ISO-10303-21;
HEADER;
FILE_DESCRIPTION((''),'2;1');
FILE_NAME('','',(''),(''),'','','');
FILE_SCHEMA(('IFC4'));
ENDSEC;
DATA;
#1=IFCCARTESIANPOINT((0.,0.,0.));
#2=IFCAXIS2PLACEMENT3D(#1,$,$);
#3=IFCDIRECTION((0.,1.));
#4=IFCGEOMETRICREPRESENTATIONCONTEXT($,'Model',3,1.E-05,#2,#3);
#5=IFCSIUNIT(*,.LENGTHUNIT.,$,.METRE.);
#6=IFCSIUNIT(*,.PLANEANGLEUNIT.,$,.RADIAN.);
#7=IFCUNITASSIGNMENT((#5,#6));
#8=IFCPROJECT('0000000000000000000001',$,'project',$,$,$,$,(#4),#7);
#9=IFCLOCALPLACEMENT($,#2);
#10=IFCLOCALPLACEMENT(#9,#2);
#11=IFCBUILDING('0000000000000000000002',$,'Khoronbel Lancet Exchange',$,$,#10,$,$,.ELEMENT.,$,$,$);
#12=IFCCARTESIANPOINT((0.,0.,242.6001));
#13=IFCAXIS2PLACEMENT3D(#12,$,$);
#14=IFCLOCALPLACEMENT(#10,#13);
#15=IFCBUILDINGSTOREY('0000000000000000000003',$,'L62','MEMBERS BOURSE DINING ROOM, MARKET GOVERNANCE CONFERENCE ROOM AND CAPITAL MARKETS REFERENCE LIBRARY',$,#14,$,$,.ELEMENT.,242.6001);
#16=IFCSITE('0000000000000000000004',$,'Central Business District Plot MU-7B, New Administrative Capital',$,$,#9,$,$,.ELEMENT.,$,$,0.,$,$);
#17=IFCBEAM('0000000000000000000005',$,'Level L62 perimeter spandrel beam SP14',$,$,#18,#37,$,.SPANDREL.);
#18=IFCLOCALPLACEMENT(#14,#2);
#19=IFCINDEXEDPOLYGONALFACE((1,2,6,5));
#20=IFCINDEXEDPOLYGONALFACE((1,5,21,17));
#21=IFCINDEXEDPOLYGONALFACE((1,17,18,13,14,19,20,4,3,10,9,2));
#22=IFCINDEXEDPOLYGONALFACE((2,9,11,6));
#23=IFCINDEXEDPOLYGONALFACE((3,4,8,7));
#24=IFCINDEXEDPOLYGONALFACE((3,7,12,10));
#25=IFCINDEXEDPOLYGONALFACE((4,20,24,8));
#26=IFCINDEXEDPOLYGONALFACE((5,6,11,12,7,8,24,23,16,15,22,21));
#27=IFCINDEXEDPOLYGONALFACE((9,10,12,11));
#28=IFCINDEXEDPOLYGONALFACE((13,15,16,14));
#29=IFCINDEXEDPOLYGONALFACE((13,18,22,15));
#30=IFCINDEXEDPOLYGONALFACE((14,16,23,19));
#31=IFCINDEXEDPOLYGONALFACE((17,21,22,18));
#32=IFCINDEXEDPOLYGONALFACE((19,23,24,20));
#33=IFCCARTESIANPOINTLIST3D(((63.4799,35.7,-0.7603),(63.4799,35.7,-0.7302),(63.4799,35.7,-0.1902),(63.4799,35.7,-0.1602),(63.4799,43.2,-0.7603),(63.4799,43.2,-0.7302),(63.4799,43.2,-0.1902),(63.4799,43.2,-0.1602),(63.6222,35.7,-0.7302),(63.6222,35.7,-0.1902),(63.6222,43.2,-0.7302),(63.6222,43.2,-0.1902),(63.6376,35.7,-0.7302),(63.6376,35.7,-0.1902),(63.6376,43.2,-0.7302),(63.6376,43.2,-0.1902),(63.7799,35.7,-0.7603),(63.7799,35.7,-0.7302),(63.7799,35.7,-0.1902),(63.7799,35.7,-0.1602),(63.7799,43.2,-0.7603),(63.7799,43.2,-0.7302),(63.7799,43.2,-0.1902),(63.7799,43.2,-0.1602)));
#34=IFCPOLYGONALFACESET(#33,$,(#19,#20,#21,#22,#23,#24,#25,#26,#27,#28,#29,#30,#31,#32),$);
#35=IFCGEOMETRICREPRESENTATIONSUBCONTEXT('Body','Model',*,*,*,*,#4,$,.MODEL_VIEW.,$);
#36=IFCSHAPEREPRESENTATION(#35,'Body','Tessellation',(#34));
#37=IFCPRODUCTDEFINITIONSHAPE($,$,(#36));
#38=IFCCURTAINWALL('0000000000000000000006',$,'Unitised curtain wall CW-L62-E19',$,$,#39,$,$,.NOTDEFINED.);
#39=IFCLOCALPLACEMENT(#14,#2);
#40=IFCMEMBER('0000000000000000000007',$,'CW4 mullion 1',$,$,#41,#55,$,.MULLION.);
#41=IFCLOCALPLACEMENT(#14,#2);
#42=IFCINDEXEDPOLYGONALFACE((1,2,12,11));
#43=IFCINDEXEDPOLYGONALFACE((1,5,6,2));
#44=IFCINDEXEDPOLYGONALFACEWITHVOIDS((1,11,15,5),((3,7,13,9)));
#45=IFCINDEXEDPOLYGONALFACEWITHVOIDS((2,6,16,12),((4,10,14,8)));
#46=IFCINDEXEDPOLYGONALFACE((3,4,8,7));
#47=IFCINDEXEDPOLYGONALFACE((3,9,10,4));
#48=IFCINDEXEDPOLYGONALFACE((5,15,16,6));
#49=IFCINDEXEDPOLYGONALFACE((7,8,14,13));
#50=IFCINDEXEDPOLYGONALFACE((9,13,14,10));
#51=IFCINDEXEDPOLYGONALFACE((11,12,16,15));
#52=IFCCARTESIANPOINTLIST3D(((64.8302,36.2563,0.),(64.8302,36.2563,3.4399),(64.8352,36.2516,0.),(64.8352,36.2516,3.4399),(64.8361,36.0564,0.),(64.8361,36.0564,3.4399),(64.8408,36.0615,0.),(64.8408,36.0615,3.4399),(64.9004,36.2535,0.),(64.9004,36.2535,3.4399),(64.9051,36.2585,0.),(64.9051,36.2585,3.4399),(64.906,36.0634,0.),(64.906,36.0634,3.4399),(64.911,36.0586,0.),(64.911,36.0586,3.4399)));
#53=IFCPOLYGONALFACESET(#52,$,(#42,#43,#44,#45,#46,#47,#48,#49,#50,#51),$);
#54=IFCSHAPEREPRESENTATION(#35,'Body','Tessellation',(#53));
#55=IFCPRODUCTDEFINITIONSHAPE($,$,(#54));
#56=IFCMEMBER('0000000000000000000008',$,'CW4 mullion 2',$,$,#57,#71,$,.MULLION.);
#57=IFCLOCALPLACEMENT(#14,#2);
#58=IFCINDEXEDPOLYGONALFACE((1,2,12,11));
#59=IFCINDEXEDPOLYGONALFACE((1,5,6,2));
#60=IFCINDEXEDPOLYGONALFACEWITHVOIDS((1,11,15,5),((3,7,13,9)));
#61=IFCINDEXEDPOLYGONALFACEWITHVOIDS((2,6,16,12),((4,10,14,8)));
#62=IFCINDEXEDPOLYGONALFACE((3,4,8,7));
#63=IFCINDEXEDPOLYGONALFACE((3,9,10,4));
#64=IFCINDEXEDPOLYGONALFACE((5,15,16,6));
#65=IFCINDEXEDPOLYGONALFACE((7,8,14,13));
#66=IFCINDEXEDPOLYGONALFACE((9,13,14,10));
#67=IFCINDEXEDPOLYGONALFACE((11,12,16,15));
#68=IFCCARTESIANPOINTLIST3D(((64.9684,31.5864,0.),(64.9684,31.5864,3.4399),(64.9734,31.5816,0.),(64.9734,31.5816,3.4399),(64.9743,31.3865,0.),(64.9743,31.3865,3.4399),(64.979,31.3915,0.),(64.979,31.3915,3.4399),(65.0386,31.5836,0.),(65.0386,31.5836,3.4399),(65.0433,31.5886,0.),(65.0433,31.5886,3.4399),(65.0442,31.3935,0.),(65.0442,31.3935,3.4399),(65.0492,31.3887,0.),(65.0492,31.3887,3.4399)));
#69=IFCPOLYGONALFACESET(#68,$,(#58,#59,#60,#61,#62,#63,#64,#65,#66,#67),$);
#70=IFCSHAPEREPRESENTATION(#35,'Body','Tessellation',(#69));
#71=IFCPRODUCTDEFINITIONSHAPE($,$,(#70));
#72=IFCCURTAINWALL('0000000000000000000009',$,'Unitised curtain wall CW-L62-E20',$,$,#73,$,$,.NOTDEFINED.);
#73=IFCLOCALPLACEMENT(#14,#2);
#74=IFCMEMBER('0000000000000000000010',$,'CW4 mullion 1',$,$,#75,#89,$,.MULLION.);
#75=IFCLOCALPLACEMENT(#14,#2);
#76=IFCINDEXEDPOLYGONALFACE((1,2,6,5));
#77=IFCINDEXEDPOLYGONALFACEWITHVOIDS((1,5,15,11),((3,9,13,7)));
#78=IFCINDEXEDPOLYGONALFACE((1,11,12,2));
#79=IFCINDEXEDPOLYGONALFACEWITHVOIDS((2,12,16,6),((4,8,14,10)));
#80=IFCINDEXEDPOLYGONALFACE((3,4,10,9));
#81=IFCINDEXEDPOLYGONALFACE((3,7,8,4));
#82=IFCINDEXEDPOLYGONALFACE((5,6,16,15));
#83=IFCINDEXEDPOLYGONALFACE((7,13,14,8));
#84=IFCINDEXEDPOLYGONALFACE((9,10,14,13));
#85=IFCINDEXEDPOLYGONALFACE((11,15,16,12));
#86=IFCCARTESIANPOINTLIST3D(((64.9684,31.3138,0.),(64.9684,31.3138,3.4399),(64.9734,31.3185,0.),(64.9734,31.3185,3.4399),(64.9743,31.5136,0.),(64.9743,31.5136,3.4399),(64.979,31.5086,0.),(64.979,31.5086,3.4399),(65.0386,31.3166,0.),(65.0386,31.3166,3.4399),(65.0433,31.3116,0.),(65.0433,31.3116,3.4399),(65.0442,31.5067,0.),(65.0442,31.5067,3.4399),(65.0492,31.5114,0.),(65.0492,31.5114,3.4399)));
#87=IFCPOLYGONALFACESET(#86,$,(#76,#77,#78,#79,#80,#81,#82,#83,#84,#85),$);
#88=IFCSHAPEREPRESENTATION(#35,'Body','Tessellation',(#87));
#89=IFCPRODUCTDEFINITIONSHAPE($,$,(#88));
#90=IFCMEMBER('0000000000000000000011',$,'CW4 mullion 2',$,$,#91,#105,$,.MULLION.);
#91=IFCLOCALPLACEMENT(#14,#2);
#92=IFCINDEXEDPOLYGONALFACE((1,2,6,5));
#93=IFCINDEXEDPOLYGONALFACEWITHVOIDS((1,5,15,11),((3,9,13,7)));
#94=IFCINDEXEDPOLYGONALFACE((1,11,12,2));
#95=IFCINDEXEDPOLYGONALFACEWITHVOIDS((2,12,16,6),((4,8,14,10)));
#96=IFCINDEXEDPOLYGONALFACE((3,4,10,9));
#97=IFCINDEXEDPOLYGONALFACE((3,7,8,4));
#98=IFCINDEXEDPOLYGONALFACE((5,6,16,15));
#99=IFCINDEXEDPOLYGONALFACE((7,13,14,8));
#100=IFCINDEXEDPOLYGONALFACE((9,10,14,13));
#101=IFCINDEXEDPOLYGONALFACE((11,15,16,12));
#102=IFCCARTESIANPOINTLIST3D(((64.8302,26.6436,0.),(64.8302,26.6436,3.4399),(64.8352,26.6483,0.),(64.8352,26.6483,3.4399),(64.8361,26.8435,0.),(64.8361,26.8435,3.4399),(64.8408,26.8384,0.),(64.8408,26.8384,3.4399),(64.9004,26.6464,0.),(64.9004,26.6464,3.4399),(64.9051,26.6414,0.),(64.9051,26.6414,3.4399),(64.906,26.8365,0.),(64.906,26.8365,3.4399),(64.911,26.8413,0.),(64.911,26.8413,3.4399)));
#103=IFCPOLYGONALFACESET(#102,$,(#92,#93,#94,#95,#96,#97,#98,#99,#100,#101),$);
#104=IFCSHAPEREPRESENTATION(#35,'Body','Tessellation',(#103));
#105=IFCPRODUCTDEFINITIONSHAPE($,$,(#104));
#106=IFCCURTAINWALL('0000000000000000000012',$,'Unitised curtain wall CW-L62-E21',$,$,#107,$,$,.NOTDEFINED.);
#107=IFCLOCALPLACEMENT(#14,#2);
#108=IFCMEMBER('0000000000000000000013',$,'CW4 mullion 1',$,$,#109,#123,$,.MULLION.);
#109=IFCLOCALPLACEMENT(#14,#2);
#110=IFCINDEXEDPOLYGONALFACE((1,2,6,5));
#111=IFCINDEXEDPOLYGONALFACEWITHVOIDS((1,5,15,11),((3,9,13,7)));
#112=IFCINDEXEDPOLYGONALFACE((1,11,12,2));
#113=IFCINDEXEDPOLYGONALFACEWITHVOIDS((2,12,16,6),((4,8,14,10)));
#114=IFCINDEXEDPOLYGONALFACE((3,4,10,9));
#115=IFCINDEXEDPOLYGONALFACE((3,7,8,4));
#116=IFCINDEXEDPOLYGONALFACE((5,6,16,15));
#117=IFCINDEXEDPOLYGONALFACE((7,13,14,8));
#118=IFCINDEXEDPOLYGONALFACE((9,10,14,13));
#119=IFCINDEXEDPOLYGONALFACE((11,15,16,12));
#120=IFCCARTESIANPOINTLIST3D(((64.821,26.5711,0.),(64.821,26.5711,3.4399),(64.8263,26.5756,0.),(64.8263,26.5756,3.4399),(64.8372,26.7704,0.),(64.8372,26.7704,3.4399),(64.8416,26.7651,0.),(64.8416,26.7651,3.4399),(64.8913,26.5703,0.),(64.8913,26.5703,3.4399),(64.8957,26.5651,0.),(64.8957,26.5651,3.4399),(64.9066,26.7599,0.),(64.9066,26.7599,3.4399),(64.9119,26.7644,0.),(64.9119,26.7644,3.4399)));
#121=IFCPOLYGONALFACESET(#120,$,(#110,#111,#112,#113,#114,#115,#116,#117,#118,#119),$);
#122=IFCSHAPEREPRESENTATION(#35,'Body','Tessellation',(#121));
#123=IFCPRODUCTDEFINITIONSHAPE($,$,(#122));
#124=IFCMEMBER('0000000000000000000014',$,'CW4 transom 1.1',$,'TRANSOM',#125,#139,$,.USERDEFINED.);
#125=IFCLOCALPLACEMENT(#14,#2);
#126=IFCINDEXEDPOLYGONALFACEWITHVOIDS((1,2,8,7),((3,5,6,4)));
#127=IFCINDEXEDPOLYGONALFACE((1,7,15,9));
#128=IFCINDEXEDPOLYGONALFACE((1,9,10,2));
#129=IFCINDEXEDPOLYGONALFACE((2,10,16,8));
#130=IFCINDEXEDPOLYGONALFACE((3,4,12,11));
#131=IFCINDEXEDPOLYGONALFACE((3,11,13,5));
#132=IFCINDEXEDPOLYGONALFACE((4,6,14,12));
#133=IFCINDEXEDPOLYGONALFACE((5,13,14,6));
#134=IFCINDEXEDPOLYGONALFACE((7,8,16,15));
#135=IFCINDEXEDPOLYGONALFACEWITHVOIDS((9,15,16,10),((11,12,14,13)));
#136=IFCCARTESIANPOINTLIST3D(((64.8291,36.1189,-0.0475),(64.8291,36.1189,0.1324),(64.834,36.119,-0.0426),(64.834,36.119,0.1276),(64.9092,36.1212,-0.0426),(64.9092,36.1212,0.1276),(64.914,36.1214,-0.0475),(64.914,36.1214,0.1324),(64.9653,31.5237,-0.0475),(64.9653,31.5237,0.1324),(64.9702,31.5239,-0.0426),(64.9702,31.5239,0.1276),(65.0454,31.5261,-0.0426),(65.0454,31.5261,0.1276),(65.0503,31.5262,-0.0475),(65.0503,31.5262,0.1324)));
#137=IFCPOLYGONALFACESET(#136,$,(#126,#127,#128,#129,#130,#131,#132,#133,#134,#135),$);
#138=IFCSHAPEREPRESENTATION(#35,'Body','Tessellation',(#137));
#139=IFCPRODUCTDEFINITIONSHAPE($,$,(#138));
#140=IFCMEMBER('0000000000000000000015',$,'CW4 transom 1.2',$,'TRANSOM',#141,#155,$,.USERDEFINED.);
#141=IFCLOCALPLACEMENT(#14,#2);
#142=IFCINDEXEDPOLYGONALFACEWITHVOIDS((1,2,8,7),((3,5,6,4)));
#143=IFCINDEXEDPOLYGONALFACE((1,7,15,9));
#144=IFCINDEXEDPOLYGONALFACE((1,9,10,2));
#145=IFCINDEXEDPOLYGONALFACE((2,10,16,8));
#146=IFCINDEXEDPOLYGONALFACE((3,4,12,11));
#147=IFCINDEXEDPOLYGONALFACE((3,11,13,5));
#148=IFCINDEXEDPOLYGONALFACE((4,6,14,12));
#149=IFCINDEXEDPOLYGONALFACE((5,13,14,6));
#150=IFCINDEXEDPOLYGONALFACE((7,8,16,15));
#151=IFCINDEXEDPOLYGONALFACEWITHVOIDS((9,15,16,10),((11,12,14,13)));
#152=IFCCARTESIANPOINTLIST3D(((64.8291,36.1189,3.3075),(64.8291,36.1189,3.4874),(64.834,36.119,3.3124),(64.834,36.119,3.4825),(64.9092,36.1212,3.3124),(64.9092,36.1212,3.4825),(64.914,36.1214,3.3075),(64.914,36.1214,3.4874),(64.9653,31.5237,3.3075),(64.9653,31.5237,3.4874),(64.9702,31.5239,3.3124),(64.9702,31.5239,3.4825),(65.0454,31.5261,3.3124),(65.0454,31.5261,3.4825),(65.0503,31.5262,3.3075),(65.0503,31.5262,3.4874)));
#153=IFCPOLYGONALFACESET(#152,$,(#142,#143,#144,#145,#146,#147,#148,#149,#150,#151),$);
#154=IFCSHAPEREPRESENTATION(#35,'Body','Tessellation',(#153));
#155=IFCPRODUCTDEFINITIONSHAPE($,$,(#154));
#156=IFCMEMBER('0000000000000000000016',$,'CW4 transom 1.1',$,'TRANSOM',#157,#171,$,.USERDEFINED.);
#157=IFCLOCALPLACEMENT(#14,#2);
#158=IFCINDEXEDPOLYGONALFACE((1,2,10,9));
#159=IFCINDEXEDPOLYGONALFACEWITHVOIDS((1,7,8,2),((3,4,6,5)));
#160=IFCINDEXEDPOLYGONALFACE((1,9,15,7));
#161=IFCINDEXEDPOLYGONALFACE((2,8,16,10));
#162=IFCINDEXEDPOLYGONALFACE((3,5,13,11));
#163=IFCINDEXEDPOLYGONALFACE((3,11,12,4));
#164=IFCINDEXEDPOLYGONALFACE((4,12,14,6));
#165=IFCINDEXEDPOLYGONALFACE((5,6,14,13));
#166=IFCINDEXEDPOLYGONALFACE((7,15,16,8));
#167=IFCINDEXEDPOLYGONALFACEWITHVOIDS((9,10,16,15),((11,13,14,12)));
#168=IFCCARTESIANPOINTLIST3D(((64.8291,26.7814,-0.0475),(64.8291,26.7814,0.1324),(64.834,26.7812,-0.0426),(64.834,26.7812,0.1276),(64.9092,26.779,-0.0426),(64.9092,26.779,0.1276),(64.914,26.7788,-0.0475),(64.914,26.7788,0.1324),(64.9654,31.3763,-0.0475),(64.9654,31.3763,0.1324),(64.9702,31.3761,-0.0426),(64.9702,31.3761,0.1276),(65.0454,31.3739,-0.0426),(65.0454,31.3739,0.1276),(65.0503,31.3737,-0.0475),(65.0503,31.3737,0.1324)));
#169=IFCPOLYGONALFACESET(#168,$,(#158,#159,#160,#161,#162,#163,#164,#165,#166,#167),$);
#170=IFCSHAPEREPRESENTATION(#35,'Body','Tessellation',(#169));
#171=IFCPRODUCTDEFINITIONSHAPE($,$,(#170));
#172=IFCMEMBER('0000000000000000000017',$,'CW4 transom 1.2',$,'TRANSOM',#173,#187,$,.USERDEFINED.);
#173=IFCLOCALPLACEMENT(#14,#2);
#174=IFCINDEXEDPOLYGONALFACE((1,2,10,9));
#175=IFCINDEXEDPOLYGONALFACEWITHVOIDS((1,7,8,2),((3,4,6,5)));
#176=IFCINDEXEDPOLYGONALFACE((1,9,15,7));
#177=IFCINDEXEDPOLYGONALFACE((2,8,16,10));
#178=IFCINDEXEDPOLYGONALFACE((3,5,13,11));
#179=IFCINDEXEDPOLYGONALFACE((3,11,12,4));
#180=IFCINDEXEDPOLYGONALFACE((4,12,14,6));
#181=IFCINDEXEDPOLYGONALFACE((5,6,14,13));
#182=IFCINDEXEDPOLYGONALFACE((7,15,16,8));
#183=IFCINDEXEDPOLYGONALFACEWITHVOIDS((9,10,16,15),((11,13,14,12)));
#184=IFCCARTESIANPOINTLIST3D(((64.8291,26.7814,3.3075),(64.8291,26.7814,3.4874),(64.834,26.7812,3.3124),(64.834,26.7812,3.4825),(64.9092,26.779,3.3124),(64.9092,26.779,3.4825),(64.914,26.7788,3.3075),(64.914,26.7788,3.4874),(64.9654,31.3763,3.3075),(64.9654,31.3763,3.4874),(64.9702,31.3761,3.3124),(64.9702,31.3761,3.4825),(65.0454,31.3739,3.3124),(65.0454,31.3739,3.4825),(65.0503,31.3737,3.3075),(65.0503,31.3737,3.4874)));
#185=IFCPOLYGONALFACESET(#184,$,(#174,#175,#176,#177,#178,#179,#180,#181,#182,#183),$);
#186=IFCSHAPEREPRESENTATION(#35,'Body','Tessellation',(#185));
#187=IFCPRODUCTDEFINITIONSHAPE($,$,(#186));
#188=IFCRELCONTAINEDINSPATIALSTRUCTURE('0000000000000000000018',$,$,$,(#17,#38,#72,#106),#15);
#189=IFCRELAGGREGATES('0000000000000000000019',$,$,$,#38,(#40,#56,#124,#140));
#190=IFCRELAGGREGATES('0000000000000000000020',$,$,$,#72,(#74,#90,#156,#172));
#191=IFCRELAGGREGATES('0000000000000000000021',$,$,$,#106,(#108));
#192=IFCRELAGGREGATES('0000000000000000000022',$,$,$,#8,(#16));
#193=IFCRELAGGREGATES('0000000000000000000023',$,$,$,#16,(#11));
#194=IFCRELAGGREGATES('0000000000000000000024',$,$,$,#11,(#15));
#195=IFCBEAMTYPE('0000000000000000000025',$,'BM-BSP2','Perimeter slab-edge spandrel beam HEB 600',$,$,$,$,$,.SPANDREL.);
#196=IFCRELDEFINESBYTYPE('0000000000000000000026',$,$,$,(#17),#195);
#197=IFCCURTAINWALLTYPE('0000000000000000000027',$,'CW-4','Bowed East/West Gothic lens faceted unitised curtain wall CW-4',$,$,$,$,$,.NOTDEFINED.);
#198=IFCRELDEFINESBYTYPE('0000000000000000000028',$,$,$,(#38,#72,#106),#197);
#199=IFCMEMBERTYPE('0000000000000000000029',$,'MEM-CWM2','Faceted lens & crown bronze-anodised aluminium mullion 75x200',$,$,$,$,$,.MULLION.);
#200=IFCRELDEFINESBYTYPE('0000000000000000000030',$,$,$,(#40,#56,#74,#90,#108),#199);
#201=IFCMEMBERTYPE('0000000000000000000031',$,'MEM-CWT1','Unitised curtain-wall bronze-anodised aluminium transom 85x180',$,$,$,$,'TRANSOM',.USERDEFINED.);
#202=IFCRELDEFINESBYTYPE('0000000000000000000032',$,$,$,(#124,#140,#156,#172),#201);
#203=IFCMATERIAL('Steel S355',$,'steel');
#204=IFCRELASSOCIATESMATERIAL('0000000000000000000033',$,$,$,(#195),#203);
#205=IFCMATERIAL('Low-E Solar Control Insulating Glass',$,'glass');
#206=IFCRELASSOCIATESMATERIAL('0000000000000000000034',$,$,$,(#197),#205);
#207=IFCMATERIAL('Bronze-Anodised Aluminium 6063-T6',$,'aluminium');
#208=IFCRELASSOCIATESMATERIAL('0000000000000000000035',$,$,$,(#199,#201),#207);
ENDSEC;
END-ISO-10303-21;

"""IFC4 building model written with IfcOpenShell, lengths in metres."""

from ifc_helpers import new_model, si_unit, direction, frame, origin, origin_2d, place, context, subcontext, project, spatial, hollow_rectangle, i_section, extrude, material, material_profile, profile_set, type_object, element, aggregate, save


model = new_model("IFC4")

# Units and contexts
model_context = context("Model", 3, precision=1e-05, world=origin(), true_north=direction((0.0, 1.0)))
body_context = subcontext(model_context, "Body", "Model", "MODEL_VIEW")
ifc_project = project(units=[si_unit("LENGTHUNIT", "METRE"), si_unit("PLANEANGLEUNIT", "RADIAN")], contexts=[model_context])

# Site, building, storey
site_placement = place(None, origin())
site = spatial("IfcSite", under=ifc_project, at=site_placement, Name="Central Business District Plot MU-7B, New Administrative Capital", CompositionType="ELEMENT", RefElevation=0.0)
building_placement = place(site_placement, origin())
building = spatial("IfcBuilding", under=site, at=building_placement, Name="Khoronbel Lancet Exchange", CompositionType="ELEMENT")
storey_placement = place(building_placement, frame((0.0, 0.0, 242.6001)))
storey = spatial("IfcBuildingStorey", under=building, at=storey_placement, Name="L62", Description="MEMBERS BOURSE DINING ROOM, MARKET GOVERNANCE CONFERENCE ROOM AND CAPITAL MARKETS REFERENCE LIBRARY", CompositionType="ELEMENT", Elevation=242.6001)

# Shared definitions
ifc_material_1 = material(Name="Steel S355", Category="steel")

# Beam
ifc_material_profile_1 = material_profile(ifc_material_1, i_section(OverallWidth=0.3, OverallDepth=0.6001, WebThickness=0.0154, FlangeThickness=0.03, at=origin_2d()), Name="HEB 600")
ifc_profile_set_1 = profile_set([ifc_material_profile_1], Name="Steel S355")
beam_type_1 = type_object("IfcBeamType", Name="BM-BSP2", Description="Perimeter slab-edge spandrel beam HEB 600", PredefinedType="SPANDREL", material=ifc_profile_set_1)
beam_1_placement = place(storey_placement, frame((63.6299, 35.7, -0.4602), z_axis=(0.0, 1.0, 0.0), x_axis=(-1.0, 0.0, 0.0)))
element("IfcBeam", 1, at=beam_1_placement, inside=storey, type_object=beam_type_1, Name="Level L62 perimeter spandrel beam SP14", PredefinedType="SPANDREL", context=body_context, shape_type="SweptSolid", body=[
    extrude(i_section(OverallWidth=0.3, OverallDepth=0.6001, WebThickness=0.0154, FlangeThickness=0.03, at=origin_2d()), origin(), (0.0, 0.0, 1.0), 7.5),
])

# Curtain walls, members
ifc_material_2 = material(Name="Low-E Solar Control Insulating Glass", Category="glass")
curtain_wall_type = type_object("IfcCurtainWallType", Name="CW-4", Description="Bowed East/West Gothic lens faceted unitised curtain wall CW-4", PredefinedType="NOTDEFINED", material=ifc_material_2)
curtain_wall_1_placement = place(storey_placement, origin())
curtain_wall_1 = element("IfcCurtainWall", 2, at=curtain_wall_1_placement, inside=storey, type_object=curtain_wall_type, Name="Unitised curtain wall CW-L62-E19", PredefinedType="NOTDEFINED")
ifc_material_3 = material(Name="Bronze-Anodised Aluminium 6063-T6", Category="aluminium")
ifc_material_profile_2 = material_profile(ifc_material_3, hollow_rectangle(XDim=0.075, YDim=0.2, WallThickness=0.0049, at=origin_2d()), Name="ALU MULLION 75x200")
ifc_profile_set_2 = profile_set([ifc_material_profile_2], Name="Bronze-Anodised Aluminium 6063-T6")
member_type_1 = type_object("IfcMemberType", Name="MEM-CWM2", Description="Faceted lens & crown bronze-anodised aluminium mullion 75x200", PredefinedType="MULLION", material=ifc_profile_set_2)
member_1_placement = place(storey_placement, frame((64.8706, 36.1575, 0.0), z_axis=(0.0, 0.0, 1.0), x_axis=(0.999561, 0.029618, 0.0)))
member_1 = element("IfcMember", 3, at=member_1_placement, type_object=member_type_1, Name="CW4 mullion 1", PredefinedType="MULLION", context=body_context, shape_type="SweptSolid", body=[
    extrude(hollow_rectangle(XDim=0.075, YDim=0.2, WallThickness=0.0049, at=origin_2d()), origin(), (0.0, 0.0, 1.0), 3.4399),
])
member_2_placement = place(storey_placement, frame((65.0088, 31.4875, 0.0), z_axis=(0.0, 0.0, 1.0), x_axis=(0.999561, 0.029618, 0.0)))
member_2 = element("IfcMember", 4, at=member_2_placement, type_object=member_type_1, Name="CW4 mullion 2", PredefinedType="MULLION", context=body_context, shape_type="SweptSolid", body=[
    extrude(hollow_rectangle(XDim=0.075, YDim=0.2, WallThickness=0.0049, at=origin_2d()), origin(), (0.0, 0.0, 1.0), 3.4399),
])
curtain_wall_2_placement = place(storey_placement, origin())
curtain_wall_2 = element("IfcCurtainWall", 5, at=curtain_wall_2_placement, inside=storey, type_object=curtain_wall_type, Name="Unitised curtain wall CW-L62-E20", PredefinedType="NOTDEFINED")
member_3_placement = place(storey_placement, frame((65.0088, 31.4126, 0.0), z_axis=(0.0, 0.0, 1.0), x_axis=(0.999561, -0.029618, 0.0)))
member_3 = element("IfcMember", 6, at=member_3_placement, type_object=member_type_1, Name="CW4 mullion 1", PredefinedType="MULLION", context=body_context, shape_type="SweptSolid", body=[
    extrude(hollow_rectangle(XDim=0.075, YDim=0.2, WallThickness=0.0049, at=origin_2d()), origin(), (0.0, 0.0, 1.0), 3.4399),
])
member_4_placement = place(storey_placement, frame((64.8706, 26.7424, 0.0), z_axis=(0.0, 0.0, 1.0), x_axis=(0.999561, -0.029618, 0.0)))
member_4 = element("IfcMember", 7, at=member_4_placement, type_object=member_type_1, Name="CW4 mullion 2", PredefinedType="MULLION", context=body_context, shape_type="SweptSolid", body=[
    extrude(hollow_rectangle(XDim=0.075, YDim=0.2, WallThickness=0.0049, at=origin_2d()), origin(), (0.0, 0.0, 1.0), 3.4399),
])

# Curtain wall, member
curtain_wall_3_placement = place(storey_placement, origin())
curtain_wall_3 = element("IfcCurtainWall", 8, at=curtain_wall_3_placement, inside=storey, type_object=curtain_wall_type, Name="Unitised curtain wall CW-L62-E21", PredefinedType="NOTDEFINED")
member_5_placement = place(storey_placement, frame((64.8665, 26.6677, 0.0), z_axis=(0.0, 0.0, 1.0), x_axis=(0.996743, -0.08064, 0.0)))
member_5 = element("IfcMember", 9, at=member_5_placement, type_object=member_type_1, Name="CW4 mullion 1", PredefinedType="MULLION", context=body_context, shape_type="SweptSolid", body=[
    extrude(hollow_rectangle(XDim=0.075, YDim=0.2, WallThickness=0.0049, at=origin_2d()), origin(), (0.0, 0.0, 1.0), 3.4399),
])

# Members
ifc_material_profile_3 = material_profile(ifc_material_3, hollow_rectangle(XDim=0.085, YDim=0.1799, WallThickness=0.0049, at=origin_2d()), Name="ALU TRANSOM 85x180")
ifc_profile_set_3 = profile_set([ifc_material_profile_3], Name="Bronze-Anodised Aluminium 6063-T6")
member_type_2 = type_object("IfcMemberType", Name="MEM-CWT1", Description="Unitised curtain-wall bronze-anodised aluminium transom 85x180", ElementType="TRANSOM", PredefinedType="USERDEFINED", material=ifc_profile_set_3)
member_6_placement = place(storey_placement, frame((64.8716, 36.1201, 0.0425), z_axis=(0.029633, -0.999561, 0.0), x_axis=(0.999561, 0.029633, 0.0)))
member_6 = element("IfcMember", 10, at=member_6_placement, type_object=member_type_2, Name="CW4 transom 1.1", ObjectType="TRANSOM", PredefinedType="USERDEFINED", context=body_context, shape_type="SweptSolid", body=[
    extrude(hollow_rectangle(XDim=0.085, YDim=0.1799, WallThickness=0.0049, at=origin_2d()), origin(), (0.0, 0.0, 1.0), 4.5972),
])
member_7_placement = place(storey_placement, frame((64.8716, 36.1201, 3.3975), z_axis=(0.029633, -0.999561, 0.0), x_axis=(0.999561, 0.029633, 0.0)))
member_7 = element("IfcMember", 11, at=member_7_placement, type_object=member_type_2, Name="CW4 transom 1.2", ObjectType="TRANSOM", PredefinedType="USERDEFINED", context=body_context, shape_type="SweptSolid", body=[
    extrude(hollow_rectangle(XDim=0.085, YDim=0.1799, WallThickness=0.0049, at=origin_2d()), origin(), (0.0, 0.0, 1.0), 4.5972),
])
member_8_placement = place(storey_placement, frame((65.0078, 31.375, 0.0425), z_axis=(-0.029635, -0.999561, 0.0), x_axis=(0.999561, -0.029635, 0.0)))
member_8 = element("IfcMember", 12, at=member_8_placement, type_object=member_type_2, Name="CW4 transom 1.1", ObjectType="TRANSOM", PredefinedType="USERDEFINED", context=body_context, shape_type="SweptSolid", body=[
    extrude(hollow_rectangle(XDim=0.085, YDim=0.1799, WallThickness=0.0049, at=origin_2d()), origin(), (0.0, 0.0, 1.0), 4.5969),
])
member_9_placement = place(storey_placement, frame((65.0078, 31.375, 3.3975), z_axis=(-0.029635, -0.999561, 0.0), x_axis=(0.999561, -0.029635, 0.0)))
member_9 = element("IfcMember", 13, at=member_9_placement, type_object=member_type_2, Name="CW4 transom 1.2", ObjectType="TRANSOM", PredefinedType="USERDEFINED", context=body_context, shape_type="SweptSolid", body=[
    extrude(hollow_rectangle(XDim=0.085, YDim=0.1799, WallThickness=0.0049, at=origin_2d()), origin(), (0.0, 0.0, 1.0), 4.5969),
])

aggregate(curtain_wall_1, [member_1, member_2, member_6, member_7])
aggregate(curtain_wall_2, [member_3, member_4, member_8, member_9])
aggregate(curtain_wall_3, [member_5])

save(model, "model.ifc")
